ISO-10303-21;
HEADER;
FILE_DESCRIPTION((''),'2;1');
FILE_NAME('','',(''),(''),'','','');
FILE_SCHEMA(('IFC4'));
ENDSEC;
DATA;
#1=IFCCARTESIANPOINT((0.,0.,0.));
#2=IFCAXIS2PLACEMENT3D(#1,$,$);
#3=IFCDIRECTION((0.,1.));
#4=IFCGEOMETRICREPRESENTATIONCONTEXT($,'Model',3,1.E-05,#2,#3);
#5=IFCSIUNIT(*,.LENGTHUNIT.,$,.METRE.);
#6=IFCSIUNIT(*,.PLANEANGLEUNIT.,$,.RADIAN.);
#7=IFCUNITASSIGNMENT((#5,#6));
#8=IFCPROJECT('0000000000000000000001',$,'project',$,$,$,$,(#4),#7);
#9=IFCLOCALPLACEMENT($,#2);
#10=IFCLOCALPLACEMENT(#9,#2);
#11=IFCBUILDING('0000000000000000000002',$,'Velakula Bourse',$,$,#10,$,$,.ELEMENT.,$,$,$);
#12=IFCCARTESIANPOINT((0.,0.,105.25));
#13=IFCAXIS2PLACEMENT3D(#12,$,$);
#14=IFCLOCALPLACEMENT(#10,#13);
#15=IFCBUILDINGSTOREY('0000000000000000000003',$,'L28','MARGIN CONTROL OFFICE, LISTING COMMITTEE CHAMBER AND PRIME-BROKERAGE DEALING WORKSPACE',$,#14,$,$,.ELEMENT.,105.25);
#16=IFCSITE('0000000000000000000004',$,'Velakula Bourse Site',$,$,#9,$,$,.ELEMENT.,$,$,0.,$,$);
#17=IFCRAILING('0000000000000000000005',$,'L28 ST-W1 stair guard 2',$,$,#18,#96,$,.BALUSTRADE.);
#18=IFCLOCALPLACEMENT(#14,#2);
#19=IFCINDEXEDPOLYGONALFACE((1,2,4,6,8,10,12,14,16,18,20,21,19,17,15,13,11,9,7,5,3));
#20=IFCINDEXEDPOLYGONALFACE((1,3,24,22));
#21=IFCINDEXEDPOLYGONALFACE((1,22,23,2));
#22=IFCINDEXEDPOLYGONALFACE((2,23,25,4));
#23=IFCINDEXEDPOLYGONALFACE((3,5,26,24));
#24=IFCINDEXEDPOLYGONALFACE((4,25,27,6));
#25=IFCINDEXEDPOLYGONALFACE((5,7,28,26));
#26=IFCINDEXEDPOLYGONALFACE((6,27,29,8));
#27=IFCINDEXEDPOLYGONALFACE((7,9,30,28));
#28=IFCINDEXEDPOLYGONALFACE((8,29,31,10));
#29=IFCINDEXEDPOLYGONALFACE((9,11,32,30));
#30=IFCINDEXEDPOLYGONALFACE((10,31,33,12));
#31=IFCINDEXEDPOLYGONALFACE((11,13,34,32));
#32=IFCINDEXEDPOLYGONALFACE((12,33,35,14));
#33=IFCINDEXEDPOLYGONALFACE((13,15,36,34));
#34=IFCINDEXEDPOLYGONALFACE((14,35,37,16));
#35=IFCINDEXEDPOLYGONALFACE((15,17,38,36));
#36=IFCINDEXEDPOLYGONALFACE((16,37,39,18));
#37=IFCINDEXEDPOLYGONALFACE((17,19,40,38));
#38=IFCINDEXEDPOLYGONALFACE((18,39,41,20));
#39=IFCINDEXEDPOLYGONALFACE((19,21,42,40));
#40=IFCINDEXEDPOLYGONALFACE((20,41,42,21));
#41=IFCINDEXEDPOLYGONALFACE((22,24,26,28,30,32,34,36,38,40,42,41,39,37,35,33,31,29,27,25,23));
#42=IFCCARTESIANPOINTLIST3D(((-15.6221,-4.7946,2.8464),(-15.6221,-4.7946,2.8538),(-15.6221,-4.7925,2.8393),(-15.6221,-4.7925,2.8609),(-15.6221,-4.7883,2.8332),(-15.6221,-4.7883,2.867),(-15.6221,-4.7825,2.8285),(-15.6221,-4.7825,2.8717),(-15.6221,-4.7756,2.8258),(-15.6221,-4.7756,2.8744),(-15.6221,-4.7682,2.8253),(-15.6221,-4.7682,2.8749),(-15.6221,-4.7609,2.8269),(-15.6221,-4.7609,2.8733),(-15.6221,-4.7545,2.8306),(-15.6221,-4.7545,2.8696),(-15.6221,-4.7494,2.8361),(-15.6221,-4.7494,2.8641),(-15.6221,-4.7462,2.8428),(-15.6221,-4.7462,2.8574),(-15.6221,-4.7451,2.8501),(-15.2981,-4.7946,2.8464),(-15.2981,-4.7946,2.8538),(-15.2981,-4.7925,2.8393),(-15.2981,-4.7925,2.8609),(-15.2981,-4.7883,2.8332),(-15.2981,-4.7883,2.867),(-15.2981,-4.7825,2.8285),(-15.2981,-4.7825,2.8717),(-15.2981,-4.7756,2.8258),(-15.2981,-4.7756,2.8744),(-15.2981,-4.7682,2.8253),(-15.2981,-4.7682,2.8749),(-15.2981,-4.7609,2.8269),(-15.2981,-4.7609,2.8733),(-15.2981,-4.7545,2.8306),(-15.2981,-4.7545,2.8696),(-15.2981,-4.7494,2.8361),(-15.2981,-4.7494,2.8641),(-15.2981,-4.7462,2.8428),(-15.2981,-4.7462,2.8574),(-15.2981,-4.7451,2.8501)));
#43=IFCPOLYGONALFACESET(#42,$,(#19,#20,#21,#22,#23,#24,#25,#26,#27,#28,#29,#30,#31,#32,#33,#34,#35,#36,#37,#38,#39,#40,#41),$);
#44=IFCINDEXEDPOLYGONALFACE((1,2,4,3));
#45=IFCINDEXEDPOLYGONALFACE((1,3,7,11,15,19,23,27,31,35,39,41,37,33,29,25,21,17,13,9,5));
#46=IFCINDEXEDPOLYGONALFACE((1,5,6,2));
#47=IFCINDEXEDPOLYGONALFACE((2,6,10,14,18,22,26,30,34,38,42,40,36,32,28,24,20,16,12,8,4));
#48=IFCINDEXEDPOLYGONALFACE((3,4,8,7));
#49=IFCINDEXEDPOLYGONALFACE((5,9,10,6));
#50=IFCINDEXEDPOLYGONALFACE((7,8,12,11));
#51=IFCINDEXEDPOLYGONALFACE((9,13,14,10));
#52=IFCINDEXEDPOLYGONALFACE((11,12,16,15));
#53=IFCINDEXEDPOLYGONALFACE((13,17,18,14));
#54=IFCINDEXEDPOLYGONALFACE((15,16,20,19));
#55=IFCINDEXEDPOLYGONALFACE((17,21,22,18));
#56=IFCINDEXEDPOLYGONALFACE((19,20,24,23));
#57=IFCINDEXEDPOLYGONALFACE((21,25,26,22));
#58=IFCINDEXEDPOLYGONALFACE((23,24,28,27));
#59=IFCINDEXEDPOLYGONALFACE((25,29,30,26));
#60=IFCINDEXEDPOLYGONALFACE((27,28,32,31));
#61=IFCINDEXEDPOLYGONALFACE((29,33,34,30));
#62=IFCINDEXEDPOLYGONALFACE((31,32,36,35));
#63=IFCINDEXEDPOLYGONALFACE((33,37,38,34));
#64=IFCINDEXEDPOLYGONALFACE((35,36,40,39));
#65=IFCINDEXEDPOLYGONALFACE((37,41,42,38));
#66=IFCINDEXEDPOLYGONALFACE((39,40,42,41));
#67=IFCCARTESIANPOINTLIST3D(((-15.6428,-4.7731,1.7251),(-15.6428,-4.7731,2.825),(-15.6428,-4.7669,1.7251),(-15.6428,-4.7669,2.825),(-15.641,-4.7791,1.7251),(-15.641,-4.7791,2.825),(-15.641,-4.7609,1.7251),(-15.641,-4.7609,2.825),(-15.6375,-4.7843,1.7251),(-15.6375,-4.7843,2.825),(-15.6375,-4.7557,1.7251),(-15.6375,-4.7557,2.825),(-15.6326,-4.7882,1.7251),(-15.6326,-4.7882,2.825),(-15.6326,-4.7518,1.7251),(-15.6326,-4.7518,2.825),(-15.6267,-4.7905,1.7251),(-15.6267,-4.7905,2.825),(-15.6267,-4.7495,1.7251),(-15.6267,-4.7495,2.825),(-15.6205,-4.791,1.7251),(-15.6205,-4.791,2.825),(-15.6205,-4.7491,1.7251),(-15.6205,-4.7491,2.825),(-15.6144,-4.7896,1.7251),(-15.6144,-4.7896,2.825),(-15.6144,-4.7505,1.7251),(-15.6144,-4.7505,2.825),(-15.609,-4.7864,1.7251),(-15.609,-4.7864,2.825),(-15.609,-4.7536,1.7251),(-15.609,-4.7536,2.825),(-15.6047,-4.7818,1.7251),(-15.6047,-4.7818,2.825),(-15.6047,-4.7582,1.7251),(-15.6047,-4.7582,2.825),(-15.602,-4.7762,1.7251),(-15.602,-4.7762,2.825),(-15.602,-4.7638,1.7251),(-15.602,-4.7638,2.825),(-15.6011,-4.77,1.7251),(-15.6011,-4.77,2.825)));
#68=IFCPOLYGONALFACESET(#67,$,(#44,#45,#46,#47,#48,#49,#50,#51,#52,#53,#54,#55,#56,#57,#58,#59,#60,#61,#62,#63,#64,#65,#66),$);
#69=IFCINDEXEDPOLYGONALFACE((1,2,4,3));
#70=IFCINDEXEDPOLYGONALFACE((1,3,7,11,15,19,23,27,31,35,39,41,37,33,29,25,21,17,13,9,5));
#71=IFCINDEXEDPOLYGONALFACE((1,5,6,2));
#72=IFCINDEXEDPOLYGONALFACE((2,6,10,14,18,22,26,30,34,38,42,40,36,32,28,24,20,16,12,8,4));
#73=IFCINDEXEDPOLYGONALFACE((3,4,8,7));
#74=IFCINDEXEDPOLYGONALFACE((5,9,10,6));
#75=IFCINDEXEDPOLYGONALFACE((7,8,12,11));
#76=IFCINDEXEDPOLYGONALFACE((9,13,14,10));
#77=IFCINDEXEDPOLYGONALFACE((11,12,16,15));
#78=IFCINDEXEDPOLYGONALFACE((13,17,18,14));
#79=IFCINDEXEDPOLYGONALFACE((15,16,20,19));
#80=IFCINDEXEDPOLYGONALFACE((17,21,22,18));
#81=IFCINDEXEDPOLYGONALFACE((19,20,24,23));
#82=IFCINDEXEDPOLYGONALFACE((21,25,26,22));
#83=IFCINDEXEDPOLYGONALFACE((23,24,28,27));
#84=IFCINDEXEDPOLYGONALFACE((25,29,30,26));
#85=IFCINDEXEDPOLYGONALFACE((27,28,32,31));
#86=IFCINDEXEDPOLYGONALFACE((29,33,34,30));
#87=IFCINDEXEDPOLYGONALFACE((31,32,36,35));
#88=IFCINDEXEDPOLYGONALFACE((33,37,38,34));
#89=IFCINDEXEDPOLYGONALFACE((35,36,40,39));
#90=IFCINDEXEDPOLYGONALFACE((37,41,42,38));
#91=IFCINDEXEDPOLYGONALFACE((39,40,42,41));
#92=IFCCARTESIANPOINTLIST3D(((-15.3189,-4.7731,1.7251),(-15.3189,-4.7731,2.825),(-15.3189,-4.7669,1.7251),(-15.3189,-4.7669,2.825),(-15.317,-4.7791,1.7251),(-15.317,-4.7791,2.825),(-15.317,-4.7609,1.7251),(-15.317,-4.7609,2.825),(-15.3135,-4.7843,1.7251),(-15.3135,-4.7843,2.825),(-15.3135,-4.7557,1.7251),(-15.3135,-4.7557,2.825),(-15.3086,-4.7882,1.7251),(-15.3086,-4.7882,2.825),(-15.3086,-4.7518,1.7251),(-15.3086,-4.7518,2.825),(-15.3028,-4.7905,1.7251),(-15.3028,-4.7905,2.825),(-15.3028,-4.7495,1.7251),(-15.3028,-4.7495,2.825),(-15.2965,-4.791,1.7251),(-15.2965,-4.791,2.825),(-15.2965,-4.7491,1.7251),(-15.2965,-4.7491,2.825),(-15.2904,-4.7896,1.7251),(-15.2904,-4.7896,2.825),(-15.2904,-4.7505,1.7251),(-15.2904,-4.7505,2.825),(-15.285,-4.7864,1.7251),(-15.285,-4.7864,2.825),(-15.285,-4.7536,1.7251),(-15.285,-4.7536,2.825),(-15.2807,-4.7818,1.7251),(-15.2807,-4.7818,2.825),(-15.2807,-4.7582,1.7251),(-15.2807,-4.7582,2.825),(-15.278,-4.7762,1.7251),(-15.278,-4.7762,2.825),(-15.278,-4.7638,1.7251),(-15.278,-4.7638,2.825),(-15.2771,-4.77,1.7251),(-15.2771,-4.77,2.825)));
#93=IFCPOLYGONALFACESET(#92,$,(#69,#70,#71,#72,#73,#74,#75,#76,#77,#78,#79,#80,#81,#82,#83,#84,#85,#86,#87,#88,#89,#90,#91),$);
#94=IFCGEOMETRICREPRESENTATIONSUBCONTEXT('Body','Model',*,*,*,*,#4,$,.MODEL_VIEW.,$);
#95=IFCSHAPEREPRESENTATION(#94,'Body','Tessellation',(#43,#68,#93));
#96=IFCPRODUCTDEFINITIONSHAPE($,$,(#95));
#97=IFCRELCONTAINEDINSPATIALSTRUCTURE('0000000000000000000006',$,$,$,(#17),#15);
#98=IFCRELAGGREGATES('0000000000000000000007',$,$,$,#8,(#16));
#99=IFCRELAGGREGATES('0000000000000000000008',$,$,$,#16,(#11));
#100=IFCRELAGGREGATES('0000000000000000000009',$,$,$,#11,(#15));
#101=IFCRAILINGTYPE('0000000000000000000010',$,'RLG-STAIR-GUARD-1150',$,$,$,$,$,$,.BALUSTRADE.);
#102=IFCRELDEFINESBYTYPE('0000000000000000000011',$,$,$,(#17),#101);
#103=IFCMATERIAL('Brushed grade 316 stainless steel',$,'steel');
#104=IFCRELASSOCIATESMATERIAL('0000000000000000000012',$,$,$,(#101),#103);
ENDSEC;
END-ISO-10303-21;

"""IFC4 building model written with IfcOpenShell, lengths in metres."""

from ifc_helpers import new_model, si_unit, direction, frame, origin, origin_2d, place, context, subcontext, project, spatial, circle, extrude, material, type_object, element, save


model = new_model("IFC4")

# Units and contexts
model_context = context("Model", 3, precision=1e-05, world=origin(), true_north=direction((0.0, 1.0)))
body_context = subcontext(model_context, "Body", "Model", "MODEL_VIEW")
ifc_project = project(units=[si_unit("LENGTHUNIT", "METRE"), si_unit("PLANEANGLEUNIT", "RADIAN")], contexts=[model_context])

# Site, building, storey
site_placement = place(None, origin())
site = spatial("IfcSite", under=ifc_project, at=site_placement, Name="Velakula Bourse Site", CompositionType="ELEMENT", RefElevation=0.0)
building_placement = place(site_placement, origin())
building = spatial("IfcBuilding", under=site, at=building_placement, Name="Velakula Bourse", CompositionType="ELEMENT")
storey_placement = place(building_placement, frame((0.0, 0.0, 105.25)))
storey = spatial("IfcBuildingStorey", under=building, at=storey_placement, Name="L28", Description="MARGIN CONTROL OFFICE, LISTING COMMITTEE CHAMBER AND PRIME-BROKERAGE DEALING WORKSPACE", CompositionType="ELEMENT", Elevation=105.25)

# Shared definitions
ifc_material_1 = material(Name="Brushed grade 316 stainless steel", Category="steel")

# Railing
railing_type_1 = type_object("IfcRailingType", Name="RLG-STAIR-GUARD-1150", PredefinedType="BALUSTRADE", material=ifc_material_1)
railing_1_placement = place(storey_placement, frame((-15.6221, -4.77, 1.7251)))
element("IfcRailing", 1, at=railing_1_placement, inside=storey, type_object=railing_type_1, Name="L28 ST-W1 stair guard 2", PredefinedType="BALUSTRADE", context=body_context, shape_type="SweptSolid", body=[
    extrude(circle(Radius=0.0249, at=origin_2d()), frame((0.0, 0.0, 1.125), z_axis=(1.0, 0.0, 0.0), x_axis=(0.0, 1.0, 0.0)), (0.0, 0.0, 1.0), 0.324),
    extrude(circle(Radius=0.021, at=origin_2d()), origin(), (0.0, 0.0, 1.0), 1.0999),
    extrude(circle(Radius=0.021, at=origin_2d()), frame((0.324, 0.0, 0.0)), (0.0, 0.0, 1.0), 1.0999),
])

save(model, "model.ifc")
